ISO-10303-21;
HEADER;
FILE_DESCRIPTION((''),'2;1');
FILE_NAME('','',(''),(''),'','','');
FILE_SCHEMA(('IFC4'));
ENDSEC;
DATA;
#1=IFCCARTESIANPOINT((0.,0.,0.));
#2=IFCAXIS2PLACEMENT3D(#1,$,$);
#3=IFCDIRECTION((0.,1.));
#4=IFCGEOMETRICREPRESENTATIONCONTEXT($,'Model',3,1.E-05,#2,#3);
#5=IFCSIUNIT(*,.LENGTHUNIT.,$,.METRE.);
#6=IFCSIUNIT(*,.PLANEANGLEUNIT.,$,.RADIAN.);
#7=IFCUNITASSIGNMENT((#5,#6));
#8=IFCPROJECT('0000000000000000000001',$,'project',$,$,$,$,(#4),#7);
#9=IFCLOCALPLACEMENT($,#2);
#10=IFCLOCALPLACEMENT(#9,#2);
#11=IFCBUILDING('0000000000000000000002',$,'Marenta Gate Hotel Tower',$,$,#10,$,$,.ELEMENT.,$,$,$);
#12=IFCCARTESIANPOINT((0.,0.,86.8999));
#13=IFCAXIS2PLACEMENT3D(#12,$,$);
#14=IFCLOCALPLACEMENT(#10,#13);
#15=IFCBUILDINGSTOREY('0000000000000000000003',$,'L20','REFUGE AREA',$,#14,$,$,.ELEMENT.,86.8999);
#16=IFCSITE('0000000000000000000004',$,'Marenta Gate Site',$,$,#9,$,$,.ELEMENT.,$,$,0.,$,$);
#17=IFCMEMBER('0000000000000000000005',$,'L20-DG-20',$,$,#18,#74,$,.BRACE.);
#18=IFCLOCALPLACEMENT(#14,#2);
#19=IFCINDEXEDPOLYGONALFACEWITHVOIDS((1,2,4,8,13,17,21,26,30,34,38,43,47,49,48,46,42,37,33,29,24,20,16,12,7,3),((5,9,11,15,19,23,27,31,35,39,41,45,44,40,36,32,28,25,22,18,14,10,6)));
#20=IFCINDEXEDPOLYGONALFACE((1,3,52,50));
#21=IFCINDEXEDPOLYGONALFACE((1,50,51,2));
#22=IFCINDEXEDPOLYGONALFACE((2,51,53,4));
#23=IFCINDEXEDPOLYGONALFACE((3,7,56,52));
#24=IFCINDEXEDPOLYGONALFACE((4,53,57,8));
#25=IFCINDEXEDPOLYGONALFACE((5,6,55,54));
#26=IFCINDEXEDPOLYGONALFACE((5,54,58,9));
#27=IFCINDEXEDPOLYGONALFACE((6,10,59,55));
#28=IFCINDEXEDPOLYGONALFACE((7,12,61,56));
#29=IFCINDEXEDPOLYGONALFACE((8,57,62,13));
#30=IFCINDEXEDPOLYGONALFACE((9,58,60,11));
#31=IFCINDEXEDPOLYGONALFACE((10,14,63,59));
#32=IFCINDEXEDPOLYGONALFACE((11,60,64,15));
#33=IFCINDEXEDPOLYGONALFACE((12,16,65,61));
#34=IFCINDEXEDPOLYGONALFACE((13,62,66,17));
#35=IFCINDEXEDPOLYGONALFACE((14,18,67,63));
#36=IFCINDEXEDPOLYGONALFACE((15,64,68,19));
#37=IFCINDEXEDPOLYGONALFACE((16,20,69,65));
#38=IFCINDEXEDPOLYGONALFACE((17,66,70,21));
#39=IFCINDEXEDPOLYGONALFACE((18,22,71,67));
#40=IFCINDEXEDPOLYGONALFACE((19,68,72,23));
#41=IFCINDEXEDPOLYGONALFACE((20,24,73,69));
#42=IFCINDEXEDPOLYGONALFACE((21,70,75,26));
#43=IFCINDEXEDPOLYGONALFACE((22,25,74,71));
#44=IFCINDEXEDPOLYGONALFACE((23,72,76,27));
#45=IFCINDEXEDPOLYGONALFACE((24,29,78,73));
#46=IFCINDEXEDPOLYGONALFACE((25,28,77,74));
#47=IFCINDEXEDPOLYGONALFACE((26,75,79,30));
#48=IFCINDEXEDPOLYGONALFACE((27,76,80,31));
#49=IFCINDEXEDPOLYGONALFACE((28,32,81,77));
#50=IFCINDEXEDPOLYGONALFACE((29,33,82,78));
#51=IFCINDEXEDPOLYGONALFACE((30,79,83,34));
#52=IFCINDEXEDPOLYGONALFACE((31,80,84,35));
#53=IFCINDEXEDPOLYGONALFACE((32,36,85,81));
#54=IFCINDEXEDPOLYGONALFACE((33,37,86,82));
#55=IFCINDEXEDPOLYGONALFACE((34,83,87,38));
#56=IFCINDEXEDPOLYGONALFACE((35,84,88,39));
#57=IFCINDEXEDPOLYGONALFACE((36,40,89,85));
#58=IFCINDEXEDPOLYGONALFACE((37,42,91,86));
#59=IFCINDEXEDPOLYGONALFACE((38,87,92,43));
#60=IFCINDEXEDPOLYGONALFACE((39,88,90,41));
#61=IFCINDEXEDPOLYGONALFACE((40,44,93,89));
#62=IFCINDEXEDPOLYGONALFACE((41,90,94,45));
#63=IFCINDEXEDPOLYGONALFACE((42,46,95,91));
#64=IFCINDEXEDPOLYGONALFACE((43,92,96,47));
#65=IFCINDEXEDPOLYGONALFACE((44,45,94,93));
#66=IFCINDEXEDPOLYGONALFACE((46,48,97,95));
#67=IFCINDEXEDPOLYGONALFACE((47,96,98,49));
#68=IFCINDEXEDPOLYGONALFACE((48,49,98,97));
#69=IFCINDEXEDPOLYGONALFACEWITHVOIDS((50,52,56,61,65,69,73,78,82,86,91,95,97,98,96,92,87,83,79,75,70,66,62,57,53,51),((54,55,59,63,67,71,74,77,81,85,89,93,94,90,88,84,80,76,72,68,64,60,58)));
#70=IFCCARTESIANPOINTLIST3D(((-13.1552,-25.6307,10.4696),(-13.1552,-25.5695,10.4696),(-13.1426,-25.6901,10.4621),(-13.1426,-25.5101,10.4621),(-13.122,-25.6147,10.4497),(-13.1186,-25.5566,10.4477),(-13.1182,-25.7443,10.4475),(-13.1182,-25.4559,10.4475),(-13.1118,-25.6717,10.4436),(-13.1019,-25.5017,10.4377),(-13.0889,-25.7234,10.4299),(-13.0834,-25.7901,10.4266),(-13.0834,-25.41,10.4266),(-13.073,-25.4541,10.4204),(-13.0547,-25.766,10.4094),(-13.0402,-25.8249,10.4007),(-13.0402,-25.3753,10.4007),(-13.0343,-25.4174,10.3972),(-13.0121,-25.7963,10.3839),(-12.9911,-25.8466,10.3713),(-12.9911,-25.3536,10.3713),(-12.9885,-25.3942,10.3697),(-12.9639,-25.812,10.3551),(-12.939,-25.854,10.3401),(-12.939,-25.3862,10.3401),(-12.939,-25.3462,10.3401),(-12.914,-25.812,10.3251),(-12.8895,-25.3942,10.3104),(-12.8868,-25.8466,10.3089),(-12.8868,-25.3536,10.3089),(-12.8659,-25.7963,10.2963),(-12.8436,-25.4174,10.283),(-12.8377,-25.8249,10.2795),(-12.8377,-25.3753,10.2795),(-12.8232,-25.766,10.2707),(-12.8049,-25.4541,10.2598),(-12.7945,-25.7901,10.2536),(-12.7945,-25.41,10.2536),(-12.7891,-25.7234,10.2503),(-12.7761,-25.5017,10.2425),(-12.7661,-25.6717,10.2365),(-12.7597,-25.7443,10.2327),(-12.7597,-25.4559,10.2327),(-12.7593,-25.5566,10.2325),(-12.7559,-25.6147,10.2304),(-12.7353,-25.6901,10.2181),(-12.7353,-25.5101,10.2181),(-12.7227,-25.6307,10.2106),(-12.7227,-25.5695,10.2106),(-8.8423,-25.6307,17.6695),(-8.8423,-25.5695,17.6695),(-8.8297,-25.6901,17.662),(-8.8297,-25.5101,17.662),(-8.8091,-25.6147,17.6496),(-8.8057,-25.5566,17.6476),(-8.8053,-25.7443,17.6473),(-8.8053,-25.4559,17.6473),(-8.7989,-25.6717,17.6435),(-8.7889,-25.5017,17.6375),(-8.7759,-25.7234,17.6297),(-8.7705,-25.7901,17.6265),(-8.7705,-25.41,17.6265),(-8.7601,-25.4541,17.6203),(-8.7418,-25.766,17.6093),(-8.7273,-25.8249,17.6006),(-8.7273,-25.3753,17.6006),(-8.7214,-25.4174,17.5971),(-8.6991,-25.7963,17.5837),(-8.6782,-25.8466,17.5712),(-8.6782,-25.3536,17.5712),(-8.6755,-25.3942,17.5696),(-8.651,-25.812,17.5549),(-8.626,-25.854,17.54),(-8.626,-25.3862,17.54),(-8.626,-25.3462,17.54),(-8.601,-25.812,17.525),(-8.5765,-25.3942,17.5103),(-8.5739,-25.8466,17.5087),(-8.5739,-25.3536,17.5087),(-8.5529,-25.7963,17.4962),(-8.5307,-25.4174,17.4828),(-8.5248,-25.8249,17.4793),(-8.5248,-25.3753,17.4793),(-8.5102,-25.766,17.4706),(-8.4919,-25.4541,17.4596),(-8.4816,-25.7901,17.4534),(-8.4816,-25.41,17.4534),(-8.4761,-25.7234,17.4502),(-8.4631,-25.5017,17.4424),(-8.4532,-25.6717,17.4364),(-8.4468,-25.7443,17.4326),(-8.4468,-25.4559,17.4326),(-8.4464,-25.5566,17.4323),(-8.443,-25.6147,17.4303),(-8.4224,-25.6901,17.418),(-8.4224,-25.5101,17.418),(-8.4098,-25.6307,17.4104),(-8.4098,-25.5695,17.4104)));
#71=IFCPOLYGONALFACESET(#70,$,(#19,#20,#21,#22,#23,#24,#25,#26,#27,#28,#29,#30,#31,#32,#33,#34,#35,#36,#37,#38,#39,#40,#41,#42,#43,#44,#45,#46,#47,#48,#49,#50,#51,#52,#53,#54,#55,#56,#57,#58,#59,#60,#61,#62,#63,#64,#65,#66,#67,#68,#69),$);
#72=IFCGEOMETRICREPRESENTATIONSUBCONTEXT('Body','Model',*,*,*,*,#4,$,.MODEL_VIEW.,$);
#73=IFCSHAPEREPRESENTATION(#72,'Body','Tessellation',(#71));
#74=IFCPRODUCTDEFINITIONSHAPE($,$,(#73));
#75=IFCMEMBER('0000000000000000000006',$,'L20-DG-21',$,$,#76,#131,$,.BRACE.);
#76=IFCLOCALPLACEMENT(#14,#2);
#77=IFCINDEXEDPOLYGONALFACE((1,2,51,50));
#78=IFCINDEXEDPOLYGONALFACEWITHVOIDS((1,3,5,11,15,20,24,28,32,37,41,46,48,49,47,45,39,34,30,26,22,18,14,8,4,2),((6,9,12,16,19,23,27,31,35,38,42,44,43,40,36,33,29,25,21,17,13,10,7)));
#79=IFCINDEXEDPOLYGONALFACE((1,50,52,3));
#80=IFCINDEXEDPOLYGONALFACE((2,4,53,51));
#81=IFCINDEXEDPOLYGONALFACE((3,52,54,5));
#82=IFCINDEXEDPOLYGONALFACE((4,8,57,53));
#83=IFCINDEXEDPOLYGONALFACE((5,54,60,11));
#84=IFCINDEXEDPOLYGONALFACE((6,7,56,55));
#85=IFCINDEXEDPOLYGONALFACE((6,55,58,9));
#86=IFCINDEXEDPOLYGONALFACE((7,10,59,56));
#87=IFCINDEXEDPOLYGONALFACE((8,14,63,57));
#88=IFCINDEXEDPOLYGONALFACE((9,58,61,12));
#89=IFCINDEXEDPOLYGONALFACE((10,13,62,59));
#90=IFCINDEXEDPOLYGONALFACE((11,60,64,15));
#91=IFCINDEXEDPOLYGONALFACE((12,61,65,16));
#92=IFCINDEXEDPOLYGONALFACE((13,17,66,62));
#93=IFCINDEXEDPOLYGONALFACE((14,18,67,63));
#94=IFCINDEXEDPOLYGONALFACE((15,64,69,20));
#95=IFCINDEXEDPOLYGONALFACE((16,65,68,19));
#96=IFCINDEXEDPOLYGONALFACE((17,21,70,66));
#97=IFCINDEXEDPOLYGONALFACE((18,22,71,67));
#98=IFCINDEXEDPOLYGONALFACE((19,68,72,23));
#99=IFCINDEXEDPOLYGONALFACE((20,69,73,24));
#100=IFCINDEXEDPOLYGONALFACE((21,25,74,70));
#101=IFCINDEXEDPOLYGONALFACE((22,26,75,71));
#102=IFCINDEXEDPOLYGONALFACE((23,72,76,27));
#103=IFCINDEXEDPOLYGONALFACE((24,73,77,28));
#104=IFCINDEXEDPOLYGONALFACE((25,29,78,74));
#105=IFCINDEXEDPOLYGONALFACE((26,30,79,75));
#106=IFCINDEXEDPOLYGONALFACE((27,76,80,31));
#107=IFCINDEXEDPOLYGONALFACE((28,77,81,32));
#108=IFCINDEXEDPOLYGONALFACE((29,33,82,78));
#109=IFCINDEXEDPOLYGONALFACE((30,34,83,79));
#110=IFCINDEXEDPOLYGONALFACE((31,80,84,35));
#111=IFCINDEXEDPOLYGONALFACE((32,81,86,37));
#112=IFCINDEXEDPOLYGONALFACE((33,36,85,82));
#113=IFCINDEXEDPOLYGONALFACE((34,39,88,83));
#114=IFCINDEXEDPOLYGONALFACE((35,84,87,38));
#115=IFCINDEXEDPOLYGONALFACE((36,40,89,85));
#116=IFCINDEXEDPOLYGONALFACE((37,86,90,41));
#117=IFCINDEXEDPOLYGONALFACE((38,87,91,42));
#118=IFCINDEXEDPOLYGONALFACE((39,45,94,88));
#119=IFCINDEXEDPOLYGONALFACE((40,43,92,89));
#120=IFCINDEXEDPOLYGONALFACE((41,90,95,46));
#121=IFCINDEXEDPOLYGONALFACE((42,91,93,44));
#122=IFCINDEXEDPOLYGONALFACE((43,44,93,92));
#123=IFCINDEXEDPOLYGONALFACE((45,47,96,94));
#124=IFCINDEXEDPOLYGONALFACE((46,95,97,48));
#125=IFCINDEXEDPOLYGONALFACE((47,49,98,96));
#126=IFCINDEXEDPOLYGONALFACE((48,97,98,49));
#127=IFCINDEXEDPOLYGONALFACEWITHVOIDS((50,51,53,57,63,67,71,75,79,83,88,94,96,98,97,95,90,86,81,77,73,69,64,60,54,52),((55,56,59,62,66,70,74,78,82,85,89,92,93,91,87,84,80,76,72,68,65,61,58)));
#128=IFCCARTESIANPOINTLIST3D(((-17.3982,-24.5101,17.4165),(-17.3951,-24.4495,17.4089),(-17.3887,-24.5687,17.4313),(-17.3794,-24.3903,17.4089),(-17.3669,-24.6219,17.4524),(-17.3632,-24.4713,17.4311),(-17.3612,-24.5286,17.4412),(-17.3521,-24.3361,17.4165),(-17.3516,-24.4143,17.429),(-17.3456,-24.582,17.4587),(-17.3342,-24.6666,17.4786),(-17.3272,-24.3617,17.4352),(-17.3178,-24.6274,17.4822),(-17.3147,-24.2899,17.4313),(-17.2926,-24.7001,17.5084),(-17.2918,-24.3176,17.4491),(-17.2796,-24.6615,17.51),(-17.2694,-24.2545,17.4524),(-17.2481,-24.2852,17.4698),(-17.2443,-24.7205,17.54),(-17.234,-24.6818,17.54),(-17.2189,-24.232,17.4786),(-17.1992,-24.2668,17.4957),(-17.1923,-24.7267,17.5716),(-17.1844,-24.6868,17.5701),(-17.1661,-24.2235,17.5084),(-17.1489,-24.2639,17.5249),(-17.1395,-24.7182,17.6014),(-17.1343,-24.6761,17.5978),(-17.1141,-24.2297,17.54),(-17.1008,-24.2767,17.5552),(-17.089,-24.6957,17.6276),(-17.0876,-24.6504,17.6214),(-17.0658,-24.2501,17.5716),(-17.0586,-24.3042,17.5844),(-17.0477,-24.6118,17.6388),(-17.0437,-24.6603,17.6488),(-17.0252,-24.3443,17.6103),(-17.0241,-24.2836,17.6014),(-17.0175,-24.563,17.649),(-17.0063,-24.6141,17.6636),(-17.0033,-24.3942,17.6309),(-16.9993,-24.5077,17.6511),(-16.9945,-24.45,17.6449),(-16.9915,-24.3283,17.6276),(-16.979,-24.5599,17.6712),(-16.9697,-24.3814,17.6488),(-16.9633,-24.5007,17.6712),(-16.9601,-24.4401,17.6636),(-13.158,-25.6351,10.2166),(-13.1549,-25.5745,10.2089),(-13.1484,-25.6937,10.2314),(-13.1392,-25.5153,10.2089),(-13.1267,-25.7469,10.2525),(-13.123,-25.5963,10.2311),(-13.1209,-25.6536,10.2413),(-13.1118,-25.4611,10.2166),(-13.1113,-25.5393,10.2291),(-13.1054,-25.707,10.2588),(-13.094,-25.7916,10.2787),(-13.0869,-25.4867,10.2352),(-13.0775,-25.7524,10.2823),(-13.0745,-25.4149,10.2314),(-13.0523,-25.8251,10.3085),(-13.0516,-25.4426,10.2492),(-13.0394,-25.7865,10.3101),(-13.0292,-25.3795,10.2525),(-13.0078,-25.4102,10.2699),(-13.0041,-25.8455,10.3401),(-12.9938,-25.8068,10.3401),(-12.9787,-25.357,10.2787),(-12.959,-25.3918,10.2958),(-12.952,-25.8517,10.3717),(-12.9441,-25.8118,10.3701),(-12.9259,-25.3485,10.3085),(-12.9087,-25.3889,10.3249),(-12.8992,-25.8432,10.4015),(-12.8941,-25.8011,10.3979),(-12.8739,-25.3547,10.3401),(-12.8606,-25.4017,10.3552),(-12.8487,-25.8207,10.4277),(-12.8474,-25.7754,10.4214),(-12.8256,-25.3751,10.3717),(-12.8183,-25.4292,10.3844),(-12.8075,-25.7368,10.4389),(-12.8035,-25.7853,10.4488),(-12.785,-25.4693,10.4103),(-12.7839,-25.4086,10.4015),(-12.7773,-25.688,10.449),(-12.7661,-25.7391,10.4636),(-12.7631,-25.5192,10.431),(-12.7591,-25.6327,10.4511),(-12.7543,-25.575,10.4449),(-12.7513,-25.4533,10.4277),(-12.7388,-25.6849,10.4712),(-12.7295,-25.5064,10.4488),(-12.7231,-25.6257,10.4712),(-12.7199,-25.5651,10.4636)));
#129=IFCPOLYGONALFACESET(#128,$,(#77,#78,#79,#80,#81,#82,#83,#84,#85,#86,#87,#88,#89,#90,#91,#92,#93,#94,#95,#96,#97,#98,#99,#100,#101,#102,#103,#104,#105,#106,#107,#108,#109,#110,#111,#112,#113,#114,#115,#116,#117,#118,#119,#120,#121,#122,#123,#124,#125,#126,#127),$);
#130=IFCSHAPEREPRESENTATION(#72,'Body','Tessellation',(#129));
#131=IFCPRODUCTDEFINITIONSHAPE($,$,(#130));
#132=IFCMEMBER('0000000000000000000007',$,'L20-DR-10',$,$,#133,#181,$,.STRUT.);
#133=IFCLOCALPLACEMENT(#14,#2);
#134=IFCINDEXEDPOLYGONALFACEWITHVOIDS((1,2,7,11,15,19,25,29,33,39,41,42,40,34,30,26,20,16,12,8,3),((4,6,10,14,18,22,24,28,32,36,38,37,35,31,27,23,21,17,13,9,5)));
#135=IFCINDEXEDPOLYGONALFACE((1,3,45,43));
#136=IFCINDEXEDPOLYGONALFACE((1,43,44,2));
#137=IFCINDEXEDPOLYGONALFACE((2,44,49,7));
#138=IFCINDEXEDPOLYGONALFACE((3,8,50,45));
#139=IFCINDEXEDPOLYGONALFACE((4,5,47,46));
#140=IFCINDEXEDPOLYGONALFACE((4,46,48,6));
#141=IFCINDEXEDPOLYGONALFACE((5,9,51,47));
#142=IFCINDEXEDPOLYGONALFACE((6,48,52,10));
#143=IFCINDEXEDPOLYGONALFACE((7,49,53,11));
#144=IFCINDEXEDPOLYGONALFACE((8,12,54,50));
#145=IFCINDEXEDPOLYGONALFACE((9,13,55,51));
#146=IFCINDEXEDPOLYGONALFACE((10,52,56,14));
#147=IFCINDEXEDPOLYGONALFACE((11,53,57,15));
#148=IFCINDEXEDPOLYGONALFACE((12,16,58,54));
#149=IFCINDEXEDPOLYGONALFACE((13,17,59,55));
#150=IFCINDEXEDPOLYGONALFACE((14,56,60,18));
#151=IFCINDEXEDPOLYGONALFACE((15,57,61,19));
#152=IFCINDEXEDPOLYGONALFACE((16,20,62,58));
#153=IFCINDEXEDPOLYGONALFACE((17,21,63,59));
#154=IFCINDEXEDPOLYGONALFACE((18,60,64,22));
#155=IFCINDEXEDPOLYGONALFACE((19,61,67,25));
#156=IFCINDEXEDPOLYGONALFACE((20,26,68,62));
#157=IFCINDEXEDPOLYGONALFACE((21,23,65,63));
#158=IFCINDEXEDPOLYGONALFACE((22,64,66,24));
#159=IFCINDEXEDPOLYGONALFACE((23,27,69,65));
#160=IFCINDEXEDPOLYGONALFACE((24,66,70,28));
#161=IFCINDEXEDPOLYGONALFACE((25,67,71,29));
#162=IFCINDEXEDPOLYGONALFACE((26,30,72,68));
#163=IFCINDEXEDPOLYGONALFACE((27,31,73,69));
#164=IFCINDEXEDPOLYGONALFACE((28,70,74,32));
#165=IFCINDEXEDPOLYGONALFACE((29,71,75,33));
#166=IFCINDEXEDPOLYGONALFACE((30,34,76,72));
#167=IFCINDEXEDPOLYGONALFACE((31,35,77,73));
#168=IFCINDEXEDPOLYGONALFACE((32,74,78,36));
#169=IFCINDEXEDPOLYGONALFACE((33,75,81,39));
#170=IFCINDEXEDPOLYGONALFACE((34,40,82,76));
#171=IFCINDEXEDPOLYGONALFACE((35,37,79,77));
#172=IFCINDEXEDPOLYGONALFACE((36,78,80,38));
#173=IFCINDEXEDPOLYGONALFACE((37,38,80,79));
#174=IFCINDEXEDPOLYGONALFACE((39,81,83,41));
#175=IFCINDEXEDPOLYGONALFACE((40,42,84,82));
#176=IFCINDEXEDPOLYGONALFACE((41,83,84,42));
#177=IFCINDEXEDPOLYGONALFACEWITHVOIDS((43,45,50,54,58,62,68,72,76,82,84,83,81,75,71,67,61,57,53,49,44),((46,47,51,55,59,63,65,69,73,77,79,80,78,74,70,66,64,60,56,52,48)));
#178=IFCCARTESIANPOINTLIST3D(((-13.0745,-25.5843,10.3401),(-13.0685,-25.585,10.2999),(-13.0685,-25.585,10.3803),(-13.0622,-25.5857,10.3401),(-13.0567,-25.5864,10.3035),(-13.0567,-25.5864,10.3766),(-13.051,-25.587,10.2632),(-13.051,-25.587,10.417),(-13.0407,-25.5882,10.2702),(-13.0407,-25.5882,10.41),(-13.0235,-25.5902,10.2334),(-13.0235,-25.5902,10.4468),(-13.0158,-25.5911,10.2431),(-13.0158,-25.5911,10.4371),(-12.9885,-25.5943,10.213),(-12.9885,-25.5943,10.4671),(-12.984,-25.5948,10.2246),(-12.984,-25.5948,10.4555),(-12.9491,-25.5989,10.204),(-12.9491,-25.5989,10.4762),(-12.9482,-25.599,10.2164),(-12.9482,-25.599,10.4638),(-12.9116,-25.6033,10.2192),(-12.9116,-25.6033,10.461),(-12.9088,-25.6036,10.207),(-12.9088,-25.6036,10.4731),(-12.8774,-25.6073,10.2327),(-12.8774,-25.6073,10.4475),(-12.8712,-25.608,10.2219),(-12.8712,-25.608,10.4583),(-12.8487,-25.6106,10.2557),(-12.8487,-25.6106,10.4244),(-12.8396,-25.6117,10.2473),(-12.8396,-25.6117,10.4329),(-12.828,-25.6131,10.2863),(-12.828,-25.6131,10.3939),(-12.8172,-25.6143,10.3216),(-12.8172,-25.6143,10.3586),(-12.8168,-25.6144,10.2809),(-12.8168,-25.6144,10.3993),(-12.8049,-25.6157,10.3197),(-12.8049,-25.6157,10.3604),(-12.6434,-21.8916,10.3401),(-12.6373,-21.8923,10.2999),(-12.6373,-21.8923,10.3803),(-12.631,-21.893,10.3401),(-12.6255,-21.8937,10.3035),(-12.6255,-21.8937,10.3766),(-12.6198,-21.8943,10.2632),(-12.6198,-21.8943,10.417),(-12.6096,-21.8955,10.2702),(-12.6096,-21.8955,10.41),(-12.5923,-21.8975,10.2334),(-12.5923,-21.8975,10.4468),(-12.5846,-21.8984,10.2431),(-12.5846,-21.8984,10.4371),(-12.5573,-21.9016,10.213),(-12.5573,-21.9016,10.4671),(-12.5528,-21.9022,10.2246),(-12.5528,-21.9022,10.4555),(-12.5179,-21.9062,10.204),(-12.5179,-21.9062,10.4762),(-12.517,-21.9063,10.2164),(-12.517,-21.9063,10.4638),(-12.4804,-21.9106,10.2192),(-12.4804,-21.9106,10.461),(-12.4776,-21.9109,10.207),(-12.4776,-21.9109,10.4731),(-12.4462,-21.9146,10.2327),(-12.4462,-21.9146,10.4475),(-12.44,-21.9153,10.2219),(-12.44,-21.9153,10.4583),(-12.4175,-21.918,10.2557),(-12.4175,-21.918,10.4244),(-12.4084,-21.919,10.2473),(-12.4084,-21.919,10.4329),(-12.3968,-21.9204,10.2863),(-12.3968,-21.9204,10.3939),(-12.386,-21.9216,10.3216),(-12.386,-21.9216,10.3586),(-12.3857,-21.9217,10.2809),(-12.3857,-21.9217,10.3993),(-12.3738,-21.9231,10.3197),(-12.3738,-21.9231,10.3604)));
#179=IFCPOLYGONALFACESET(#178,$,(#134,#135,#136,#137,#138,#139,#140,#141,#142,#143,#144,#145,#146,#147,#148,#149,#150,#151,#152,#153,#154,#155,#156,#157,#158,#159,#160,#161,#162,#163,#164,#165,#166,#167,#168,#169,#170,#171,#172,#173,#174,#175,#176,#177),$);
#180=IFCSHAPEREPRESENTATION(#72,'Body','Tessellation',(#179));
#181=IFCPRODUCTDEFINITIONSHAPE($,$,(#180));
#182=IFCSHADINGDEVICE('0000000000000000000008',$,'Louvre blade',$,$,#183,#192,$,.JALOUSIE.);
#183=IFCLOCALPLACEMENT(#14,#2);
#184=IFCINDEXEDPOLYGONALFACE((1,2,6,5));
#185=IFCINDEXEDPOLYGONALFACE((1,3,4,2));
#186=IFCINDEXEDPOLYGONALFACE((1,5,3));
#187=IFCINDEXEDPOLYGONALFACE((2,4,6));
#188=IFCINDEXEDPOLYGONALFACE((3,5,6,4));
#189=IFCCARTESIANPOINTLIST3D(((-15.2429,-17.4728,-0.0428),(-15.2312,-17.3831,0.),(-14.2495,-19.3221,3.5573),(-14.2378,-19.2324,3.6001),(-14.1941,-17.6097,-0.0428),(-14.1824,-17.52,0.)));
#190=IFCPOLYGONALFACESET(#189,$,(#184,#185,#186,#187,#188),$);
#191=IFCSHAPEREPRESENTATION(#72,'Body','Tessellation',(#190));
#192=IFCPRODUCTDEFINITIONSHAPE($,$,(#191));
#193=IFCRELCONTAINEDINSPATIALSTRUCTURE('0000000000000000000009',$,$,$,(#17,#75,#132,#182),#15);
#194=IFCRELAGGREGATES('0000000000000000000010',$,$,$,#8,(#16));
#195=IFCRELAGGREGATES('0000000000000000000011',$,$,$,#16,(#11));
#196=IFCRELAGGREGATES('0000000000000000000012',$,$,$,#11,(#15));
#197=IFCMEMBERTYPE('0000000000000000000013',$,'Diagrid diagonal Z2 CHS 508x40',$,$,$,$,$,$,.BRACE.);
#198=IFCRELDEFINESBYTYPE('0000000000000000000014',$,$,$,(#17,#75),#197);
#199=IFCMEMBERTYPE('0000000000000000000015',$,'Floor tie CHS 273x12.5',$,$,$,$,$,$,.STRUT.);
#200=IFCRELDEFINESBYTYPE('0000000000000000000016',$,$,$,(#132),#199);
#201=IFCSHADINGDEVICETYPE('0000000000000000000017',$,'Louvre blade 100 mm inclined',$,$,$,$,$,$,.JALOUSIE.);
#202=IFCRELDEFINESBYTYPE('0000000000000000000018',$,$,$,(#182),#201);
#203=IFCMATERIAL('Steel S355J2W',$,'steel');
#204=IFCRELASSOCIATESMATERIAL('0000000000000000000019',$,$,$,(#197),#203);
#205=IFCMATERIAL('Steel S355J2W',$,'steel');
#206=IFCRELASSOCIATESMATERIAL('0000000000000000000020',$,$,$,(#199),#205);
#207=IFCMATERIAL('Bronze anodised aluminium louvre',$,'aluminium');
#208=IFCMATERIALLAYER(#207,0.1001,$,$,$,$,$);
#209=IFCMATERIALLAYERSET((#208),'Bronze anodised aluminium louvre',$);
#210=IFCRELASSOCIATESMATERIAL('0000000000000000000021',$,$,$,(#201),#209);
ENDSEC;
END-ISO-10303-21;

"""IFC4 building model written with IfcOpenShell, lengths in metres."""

from ifc_helpers import new_model, si_unit, direction, frame, origin, origin_2d, place, context, subcontext, project, spatial, polyline, hollow_circle, outline, extrude, material, layer, layer_set, material_profile, profile_set, type_object, element, save


model = new_model("IFC4")

# Units and contexts
model_context = context("Model", 3, precision=1e-05, world=origin(), true_north=direction((0.0, 1.0)))
body_context = subcontext(model_context, "Body", "Model", "MODEL_VIEW")
ifc_project = project(units=[si_unit("LENGTHUNIT", "METRE"), si_unit("PLANEANGLEUNIT", "RADIAN")], contexts=[model_context])

# Site, building, storey
site_placement = place(None, origin())
site = spatial("IfcSite", under=ifc_project, at=site_placement, Name="Marenta Gate Site", CompositionType="ELEMENT", RefElevation=0.0)
building_placement = place(site_placement, origin())
building = spatial("IfcBuilding", under=site, at=building_placement, Name="Marenta Gate Hotel Tower", CompositionType="ELEMENT")
storey_placement = place(building_placement, frame((0.0, 0.0, 86.8999)))
storey = spatial("IfcBuildingStorey", under=building, at=storey_placement, Name="L20", Description="REFUGE AREA", CompositionType="ELEMENT", Elevation=86.8999)

# Members
ifc_material_1 = material(Name="Steel S355J2W", Category="steel")
ifc_material_profile_1 = material_profile(ifc_material_1, hollow_circle(Radius=0.2539, WallThickness=0.04, at=origin_2d()), Name="CHS 508x40")
ifc_profile_set_1 = profile_set([ifc_material_profile_1], Name="Steel S355J2W")
member_type_1 = type_object("IfcMemberType", Name="Diagrid diagonal Z2 CHS 508x40", PredefinedType="BRACE", material=ifc_profile_set_1)
for number, where, z_axis, x_axis, name in (
    (1, (-12.939, -25.6001, 10.3401), (0.513884, 0.0, 0.85786), (0.0, 1.0, 0.0), "L20-DG-20"),
):
    element("IfcMember", number, at=place(storey_placement, frame(where, z_axis=z_axis, x_axis=x_axis)), inside=storey, type_object=member_type_1, Name=name, PredefinedType="BRACE", context=body_context, shape_type="SweptSolid", body=[
        extrude(hollow_circle(Radius=0.2539, WallThickness=0.04, at=origin_2d()), origin(), (0.0, 0.0, 1.0), 8.3928),
    ])
member_1_placement = place(storey_placement, frame((-12.939, -25.6001, 10.3401), z_axis=(-0.502924, 0.133434, 0.853969), x_axis=(-0.256443, -0.966559, 0.0)))
element("IfcMember", 2, at=member_1_placement, inside=storey, type_object=member_type_1, Name="L20-DG-21", PredefinedType="BRACE", context=body_context, shape_type="SweptSolid", body=[
    extrude(hollow_circle(Radius=0.2539, WallThickness=0.04, at=origin_2d()), origin(), (0.0, 0.0, 1.0), 8.4312),
])
ifc_material_2 = material(Name="Steel S355J2W", Category="steel")
ifc_material_profile_2 = material_profile(ifc_material_2, hollow_circle(Radius=0.1365, WallThickness=0.0125, at=origin_2d()), Name="CHS 273x12.5")
ifc_profile_set_2 = profile_set([ifc_material_profile_2], Name="Steel S355J2W")
member_type_2 = type_object("IfcMemberType", Name="Floor tie CHS 273x12.5", PredefinedType="STRUT", material=ifc_profile_set_2)
member_2_placement = place(storey_placement, frame((-12.939, -25.6001, 10.3401), z_axis=(0.115972, 0.993252, 0.0), x_axis=(-0.993252, 0.115972, 0.0)))
element("IfcMember", 3, at=member_2_placement, inside=storey, type_object=member_type_2, Name="L20-DR-10", PredefinedType="STRUT", context=body_context, shape_type="SweptSolid", body=[
    extrude(hollow_circle(Radius=0.1365, WallThickness=0.0125, at=origin_2d()), origin(), (0.0, 0.0, 1.0), 3.7178),
])

# Shading device
ifc_material_3 = material(Name="Bronze anodised aluminium louvre", Category="aluminium")
ifc_layer_1 = layer(ifc_material_3, 0.1001)
ifc_layer_set_1 = layer_set([ifc_layer_1], Name="Bronze anodised aluminium louvre")
shading_device_type = type_object("IfcShadingDeviceType", Name="Louvre blade 100 mm inclined", PredefinedType="JALOUSIE", material=ifc_layer_set_1)
shading_device_1_placement = place(storey_placement, frame((-15.2312, -17.3831, 0.0), z_axis=(0.117024, 0.896144, 0.428056), x_axis=(0.991581, -0.129487, 0.0)))
element("IfcShadingDevice", 4, at=shading_device_1_placement, inside=storey, type_object=shading_device_type, Name="Louvre blade", PredefinedType="JALOUSIE", context=body_context, shape_type="SweptSolid", body=[
    extrude(outline(polyline([(0.0, 0.0), (1.0577, 0.0), (1.2245, -3.9835), (0.0, 0.0)])), origin(), (0.0, 0.0, -1.0), 0.1001),
])

save(model, "model.ifc")
